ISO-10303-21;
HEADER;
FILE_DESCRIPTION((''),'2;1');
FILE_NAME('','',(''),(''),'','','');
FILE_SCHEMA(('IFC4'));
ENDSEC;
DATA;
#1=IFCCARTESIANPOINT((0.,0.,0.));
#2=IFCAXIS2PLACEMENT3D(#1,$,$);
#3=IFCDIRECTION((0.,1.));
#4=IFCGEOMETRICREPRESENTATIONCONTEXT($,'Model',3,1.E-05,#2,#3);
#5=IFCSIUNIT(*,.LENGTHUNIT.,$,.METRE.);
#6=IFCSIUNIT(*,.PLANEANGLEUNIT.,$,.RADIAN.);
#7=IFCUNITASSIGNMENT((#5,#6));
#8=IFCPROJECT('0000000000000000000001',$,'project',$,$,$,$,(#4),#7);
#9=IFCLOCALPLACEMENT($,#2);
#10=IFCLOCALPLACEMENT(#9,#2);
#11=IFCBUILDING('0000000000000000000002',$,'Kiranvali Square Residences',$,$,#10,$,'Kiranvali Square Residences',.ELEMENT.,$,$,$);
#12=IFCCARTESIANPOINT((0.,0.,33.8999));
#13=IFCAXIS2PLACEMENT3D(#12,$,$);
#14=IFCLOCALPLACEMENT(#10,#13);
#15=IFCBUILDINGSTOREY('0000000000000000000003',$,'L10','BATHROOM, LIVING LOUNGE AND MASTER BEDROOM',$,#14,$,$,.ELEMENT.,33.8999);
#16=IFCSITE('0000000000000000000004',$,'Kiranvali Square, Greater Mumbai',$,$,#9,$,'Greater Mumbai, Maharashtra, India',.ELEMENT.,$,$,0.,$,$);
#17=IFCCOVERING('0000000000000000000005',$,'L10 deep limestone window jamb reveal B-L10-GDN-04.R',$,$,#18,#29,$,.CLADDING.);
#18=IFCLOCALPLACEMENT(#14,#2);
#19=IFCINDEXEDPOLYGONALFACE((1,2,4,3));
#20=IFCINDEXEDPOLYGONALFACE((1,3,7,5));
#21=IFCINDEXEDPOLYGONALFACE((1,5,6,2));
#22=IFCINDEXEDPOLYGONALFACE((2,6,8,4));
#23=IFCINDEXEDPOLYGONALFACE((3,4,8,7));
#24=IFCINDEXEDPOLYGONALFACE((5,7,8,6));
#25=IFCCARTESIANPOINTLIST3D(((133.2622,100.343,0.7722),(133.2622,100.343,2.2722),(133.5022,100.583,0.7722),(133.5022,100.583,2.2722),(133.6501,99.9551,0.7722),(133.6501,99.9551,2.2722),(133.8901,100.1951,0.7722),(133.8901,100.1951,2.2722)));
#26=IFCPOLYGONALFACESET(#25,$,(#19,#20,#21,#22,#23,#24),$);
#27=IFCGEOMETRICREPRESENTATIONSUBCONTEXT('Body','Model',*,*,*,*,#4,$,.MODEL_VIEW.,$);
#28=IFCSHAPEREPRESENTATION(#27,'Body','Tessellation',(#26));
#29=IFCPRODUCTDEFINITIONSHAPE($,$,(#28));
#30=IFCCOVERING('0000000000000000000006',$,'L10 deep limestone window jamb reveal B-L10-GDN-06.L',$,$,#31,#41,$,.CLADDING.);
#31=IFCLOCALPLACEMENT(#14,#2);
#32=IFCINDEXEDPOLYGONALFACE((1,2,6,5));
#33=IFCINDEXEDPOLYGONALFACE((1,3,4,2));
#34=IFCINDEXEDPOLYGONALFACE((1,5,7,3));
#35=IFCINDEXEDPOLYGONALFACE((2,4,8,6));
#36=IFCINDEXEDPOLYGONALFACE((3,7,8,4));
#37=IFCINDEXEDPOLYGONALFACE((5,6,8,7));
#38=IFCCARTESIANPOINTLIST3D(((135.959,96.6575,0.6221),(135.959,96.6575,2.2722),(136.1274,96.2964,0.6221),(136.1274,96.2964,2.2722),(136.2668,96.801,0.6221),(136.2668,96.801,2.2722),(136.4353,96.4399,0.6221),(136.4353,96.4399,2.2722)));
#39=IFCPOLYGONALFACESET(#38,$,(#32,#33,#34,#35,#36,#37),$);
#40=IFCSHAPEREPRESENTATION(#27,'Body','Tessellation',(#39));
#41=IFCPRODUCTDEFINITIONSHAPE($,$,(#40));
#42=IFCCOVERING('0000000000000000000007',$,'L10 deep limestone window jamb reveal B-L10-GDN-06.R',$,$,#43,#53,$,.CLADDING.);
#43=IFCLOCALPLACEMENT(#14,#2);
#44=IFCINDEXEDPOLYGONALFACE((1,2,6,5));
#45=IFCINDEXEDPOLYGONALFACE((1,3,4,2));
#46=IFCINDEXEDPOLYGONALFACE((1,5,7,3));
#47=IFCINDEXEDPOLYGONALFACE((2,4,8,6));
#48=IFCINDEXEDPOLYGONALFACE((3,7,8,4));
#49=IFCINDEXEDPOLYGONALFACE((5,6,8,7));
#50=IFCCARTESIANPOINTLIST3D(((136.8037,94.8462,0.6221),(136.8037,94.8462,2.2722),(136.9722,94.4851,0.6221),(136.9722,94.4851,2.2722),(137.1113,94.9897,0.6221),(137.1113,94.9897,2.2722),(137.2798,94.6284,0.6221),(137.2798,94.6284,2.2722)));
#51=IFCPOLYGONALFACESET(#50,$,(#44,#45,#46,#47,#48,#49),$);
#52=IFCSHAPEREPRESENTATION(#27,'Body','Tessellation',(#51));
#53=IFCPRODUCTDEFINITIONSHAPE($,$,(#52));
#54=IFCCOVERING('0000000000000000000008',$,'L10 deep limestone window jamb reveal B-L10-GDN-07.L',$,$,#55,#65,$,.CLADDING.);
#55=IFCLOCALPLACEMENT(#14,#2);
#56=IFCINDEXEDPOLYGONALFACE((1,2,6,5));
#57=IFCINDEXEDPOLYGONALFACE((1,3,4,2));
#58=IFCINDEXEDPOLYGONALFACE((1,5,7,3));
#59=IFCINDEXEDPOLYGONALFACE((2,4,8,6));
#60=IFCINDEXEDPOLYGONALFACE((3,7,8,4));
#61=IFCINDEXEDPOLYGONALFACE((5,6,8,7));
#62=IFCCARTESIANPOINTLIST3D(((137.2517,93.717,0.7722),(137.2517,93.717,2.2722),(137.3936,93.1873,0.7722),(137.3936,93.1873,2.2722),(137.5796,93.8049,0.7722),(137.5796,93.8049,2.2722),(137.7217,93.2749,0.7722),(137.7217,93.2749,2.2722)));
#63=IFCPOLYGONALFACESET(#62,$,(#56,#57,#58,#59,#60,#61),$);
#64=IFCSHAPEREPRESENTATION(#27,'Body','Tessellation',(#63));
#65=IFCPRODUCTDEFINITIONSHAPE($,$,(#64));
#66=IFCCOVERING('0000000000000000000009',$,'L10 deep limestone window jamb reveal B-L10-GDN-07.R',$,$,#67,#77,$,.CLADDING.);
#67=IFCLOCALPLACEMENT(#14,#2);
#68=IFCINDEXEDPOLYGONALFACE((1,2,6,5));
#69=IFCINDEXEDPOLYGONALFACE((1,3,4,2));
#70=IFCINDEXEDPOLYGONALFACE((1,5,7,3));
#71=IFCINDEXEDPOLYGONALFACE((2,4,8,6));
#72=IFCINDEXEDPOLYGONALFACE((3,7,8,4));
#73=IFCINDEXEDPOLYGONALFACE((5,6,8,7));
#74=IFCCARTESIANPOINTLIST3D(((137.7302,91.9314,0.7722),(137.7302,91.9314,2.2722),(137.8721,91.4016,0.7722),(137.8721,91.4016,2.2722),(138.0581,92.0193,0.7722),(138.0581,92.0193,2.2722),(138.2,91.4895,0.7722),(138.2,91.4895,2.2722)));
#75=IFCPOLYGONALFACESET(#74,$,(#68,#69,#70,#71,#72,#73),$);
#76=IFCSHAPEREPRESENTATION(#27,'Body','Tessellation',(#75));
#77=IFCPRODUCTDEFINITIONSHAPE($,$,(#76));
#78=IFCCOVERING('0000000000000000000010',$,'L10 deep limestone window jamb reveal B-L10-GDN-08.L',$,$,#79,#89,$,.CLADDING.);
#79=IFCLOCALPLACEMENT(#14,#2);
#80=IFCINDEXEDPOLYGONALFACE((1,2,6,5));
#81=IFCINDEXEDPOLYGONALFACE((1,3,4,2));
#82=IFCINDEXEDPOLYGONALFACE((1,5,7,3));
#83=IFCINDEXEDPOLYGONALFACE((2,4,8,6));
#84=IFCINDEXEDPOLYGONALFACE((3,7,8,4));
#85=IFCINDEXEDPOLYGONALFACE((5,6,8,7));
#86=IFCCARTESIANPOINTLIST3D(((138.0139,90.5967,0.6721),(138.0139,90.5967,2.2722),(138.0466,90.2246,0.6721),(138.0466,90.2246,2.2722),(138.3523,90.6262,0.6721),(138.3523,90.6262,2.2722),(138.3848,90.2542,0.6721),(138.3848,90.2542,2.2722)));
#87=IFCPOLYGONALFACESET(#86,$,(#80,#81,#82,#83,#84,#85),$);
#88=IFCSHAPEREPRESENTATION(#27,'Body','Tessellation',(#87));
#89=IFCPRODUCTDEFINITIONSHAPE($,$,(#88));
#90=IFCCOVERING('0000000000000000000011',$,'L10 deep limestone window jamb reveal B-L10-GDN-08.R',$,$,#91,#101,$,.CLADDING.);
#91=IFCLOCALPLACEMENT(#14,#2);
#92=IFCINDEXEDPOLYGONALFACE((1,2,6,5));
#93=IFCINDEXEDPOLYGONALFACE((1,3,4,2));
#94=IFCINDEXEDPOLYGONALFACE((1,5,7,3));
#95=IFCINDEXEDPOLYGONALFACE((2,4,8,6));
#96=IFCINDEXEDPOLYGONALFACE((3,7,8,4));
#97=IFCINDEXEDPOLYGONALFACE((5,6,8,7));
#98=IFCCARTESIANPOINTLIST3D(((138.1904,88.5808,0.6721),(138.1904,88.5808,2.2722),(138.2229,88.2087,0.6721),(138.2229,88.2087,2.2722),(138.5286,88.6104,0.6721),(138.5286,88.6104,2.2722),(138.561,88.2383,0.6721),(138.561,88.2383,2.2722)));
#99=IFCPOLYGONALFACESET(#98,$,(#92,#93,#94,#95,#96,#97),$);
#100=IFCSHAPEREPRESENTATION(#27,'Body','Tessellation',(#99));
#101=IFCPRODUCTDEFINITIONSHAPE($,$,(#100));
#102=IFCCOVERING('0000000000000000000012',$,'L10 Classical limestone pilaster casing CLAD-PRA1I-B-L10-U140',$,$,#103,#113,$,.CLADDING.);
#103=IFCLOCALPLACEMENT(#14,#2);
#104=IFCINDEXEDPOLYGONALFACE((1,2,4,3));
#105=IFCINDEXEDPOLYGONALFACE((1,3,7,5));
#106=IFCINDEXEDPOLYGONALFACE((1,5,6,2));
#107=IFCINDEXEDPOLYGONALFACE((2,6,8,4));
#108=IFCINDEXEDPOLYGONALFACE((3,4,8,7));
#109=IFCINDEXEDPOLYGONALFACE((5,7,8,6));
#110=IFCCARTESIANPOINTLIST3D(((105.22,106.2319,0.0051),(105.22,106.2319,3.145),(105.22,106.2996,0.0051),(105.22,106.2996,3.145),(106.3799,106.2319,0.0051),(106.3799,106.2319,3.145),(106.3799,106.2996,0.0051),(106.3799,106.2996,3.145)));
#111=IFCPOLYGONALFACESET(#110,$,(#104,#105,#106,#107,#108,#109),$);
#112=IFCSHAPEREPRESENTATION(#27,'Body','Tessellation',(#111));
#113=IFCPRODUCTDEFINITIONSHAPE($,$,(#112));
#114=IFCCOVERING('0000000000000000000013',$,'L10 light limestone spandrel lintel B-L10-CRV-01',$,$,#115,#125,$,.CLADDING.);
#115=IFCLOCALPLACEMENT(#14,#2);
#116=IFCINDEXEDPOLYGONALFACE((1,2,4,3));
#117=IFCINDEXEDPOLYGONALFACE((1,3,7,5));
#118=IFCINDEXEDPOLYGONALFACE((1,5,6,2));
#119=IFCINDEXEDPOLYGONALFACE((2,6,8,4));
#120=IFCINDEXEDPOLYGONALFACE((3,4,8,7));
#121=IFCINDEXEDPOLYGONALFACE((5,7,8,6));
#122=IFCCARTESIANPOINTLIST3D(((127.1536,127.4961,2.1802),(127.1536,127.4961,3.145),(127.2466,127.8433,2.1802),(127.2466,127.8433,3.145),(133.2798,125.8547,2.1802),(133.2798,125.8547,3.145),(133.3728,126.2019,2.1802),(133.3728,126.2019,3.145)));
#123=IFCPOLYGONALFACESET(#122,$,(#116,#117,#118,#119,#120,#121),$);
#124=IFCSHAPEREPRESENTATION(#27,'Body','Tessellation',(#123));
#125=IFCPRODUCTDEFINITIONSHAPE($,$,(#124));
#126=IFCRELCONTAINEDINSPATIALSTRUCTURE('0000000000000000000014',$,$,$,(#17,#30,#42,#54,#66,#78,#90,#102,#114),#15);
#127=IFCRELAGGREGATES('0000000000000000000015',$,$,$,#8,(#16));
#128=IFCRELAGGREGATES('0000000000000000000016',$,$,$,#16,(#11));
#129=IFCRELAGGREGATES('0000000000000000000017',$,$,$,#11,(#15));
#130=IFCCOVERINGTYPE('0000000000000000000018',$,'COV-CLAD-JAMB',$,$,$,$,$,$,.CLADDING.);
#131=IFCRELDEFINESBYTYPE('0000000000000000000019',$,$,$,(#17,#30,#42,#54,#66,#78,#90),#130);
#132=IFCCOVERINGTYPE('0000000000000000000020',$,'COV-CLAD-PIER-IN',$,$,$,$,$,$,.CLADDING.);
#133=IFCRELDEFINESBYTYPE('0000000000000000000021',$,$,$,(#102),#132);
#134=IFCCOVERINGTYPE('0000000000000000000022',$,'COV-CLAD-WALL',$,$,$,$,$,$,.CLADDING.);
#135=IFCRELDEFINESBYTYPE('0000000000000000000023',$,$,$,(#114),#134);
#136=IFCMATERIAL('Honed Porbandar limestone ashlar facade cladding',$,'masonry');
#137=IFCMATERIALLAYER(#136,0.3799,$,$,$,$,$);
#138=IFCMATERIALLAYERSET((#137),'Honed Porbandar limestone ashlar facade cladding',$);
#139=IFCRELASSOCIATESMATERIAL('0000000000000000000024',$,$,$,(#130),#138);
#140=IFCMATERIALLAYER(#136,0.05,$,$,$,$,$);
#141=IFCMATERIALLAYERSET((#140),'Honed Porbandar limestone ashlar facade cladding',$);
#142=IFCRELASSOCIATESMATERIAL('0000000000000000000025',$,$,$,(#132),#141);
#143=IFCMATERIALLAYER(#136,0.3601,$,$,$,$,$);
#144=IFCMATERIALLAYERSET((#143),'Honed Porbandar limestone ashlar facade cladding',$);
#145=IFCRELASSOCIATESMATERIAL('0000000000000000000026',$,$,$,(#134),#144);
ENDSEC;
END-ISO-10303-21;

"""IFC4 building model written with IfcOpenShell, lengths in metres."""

from ifc_helpers import new_model, si_unit, direction, frame, origin, place, context, subcontext, project, spatial, polyline, outline, extrude, material, layer, layer_set, type_object, element, save


model = new_model("IFC4")

# Units and contexts
model_context = context("Model", 3, precision=1e-05, world=origin(), true_north=direction((0.0, 1.0)))
body_context = subcontext(model_context, "Body", "Model", "MODEL_VIEW")
ifc_project = project(units=[si_unit("LENGTHUNIT", "METRE"), si_unit("PLANEANGLEUNIT", "RADIAN")], contexts=[model_context])

# Site, building, storey
site_placement = place(None, origin())
site = spatial("IfcSite", under=ifc_project, at=site_placement, Name="Kiranvali Square, Greater Mumbai", LongName="Greater Mumbai, Maharashtra, India", CompositionType="ELEMENT", RefElevation=0.0)
building_placement = place(site_placement, origin())
building = spatial("IfcBuilding", under=site, at=building_placement, Name="Kiranvali Square Residences", LongName="Kiranvali Square Residences", CompositionType="ELEMENT")
storey_placement = place(building_placement, frame((0.0, 0.0, 33.8999)))
storey = spatial("IfcBuildingStorey", under=building, at=storey_placement, Name="L10", Description="BATHROOM, LIVING LOUNGE AND MASTER BEDROOM", CompositionType="ELEMENT", Elevation=33.8999)

# Coverings
ifc_material = material(Name="Honed Porbandar limestone ashlar facade cladding", Category="masonry")
ifc_layer_1 = layer(ifc_material, 0.3799)
ifc_layer_set_1 = layer_set([ifc_layer_1], Name="Honed Porbandar limestone ashlar facade cladding")
covering_type_1 = type_object("IfcCoveringType", Name="COV-CLAD-JAMB", PredefinedType="CLADDING", material=ifc_layer_set_1)
covering_1_placement = place(storey_placement, frame((0.0, 0.0, 0.7722)))
element("IfcCovering", 1, at=covering_1_placement, inside=storey, type_object=covering_type_1, Name="L10 deep limestone window jamb reveal B-L10-GDN-04.R", PredefinedType="CLADDING", context=body_context, shape_type="SweptSolid", body=[
    extrude(outline(polyline([(133.2622, 100.343), (133.6501, 99.9551), (133.8901, 100.1951), (133.5022, 100.583), (133.2622, 100.343)])), origin(), (0.0, 0.0, 1.0), 1.5),
])
covering_2_placement = place(storey_placement, frame((0.0, 0.0, 0.6221)))
element("IfcCovering", 2, at=covering_2_placement, inside=storey, type_object=covering_type_1, Name="L10 deep limestone window jamb reveal B-L10-GDN-06.L", PredefinedType="CLADDING", context=body_context, shape_type="SweptSolid", body=[
    extrude(outline(polyline([(135.959, 96.6575), (136.1274, 96.2964), (136.4353, 96.4399), (136.2668, 96.801), (135.959, 96.6575)])), origin(), (0.0, 0.0, 1.0), 1.6501),
])
covering_3_placement = place(storey_placement, frame((0.0, 0.0, 0.6221)))
element("IfcCovering", 3, at=covering_3_placement, inside=storey, type_object=covering_type_1, Name="L10 deep limestone window jamb reveal B-L10-GDN-06.R", PredefinedType="CLADDING", context=body_context, shape_type="SweptSolid", body=[
    extrude(outline(polyline([(136.8037, 94.8462), (136.9722, 94.4851), (137.2798, 94.6284), (137.1113, 94.9897), (136.8037, 94.8462)])), origin(), (0.0, 0.0, 1.0), 1.6501),
])
covering_4_placement = place(storey_placement, frame((0.0, 0.0, 0.7722)))
element("IfcCovering", 4, at=covering_4_placement, inside=storey, type_object=covering_type_1, Name="L10 deep limestone window jamb reveal B-L10-GDN-07.L", PredefinedType="CLADDING", context=body_context, shape_type="SweptSolid", body=[
    extrude(outline(polyline([(137.2517, 93.717), (137.3936, 93.1873), (137.7217, 93.2749), (137.5796, 93.8049), (137.2517, 93.717)])), origin(), (0.0, 0.0, 1.0), 1.5),
])
covering_5_placement = place(storey_placement, frame((0.0, 0.0, 0.7722)))
element("IfcCovering", 5, at=covering_5_placement, inside=storey, type_object=covering_type_1, Name="L10 deep limestone window jamb reveal B-L10-GDN-07.R", PredefinedType="CLADDING", context=body_context, shape_type="SweptSolid", body=[
    extrude(outline(polyline([(137.7302, 91.9314), (137.8721, 91.4016), (138.2, 91.4895), (138.0581, 92.0193), (137.7302, 91.9314)])), origin(), (0.0, 0.0, 1.0), 1.5),
])
covering_6_placement = place(storey_placement, frame((0.0, 0.0, 0.6721)))
element("IfcCovering", 6, at=covering_6_placement, inside=storey, type_object=covering_type_1, Name="L10 deep limestone window jamb reveal B-L10-GDN-08.L", PredefinedType="CLADDING", context=body_context, shape_type="SweptSolid", body=[
    extrude(outline(polyline([(138.0139, 90.5967), (138.0466, 90.2246), (138.3848, 90.2542), (138.3523, 90.6262), (138.0139, 90.5967)])), origin(), (0.0, 0.0, 1.0), 1.6001),
])
covering_7_placement = place(storey_placement, frame((0.0, 0.0, 0.6721)))
element("IfcCovering", 7, at=covering_7_placement, inside=storey, type_object=covering_type_1, Name="L10 deep limestone window jamb reveal B-L10-GDN-08.R", PredefinedType="CLADDING", context=body_context, shape_type="SweptSolid", body=[
    extrude(outline(polyline([(138.1904, 88.5808), (138.2229, 88.2087), (138.561, 88.2383), (138.5286, 88.6104), (138.1904, 88.5808)])), origin(), (0.0, 0.0, 1.0), 1.6001),
])
ifc_layer_2 = layer(ifc_material, 0.05)
ifc_layer_set_2 = layer_set([ifc_layer_2], Name="Honed Porbandar limestone ashlar facade cladding")
covering_type_2 = type_object("IfcCoveringType", Name="COV-CLAD-PIER-IN", PredefinedType="CLADDING", material=ifc_layer_set_2)
covering_8_placement = place(storey_placement, frame((0.0, 0.0, 0.0051)))
element("IfcCovering", 8, at=covering_8_placement, inside=storey, type_object=covering_type_2, Name="L10 Classical limestone pilaster casing CLAD-PRA1I-B-L10-U140", PredefinedType="CLADDING", context=body_context, shape_type="SweptSolid", body=[
    extrude(outline(polyline([(106.3799, 106.2996), (105.22, 106.2996), (105.22, 106.2319), (106.3799, 106.2319), (106.3799, 106.2996)])), origin(), (0.0, 0.0, 1.0), 3.1399),
])
ifc_layer_3 = layer(ifc_material, 0.3601)
ifc_layer_set_3 = layer_set([ifc_layer_3], Name="Honed Porbandar limestone ashlar facade cladding")
covering_type_3 = type_object("IfcCoveringType", Name="COV-CLAD-WALL", PredefinedType="CLADDING", material=ifc_layer_set_3)
covering_9_placement = place(storey_placement, frame((0.0, 0.0, 2.1802)))
element("IfcCovering", 9, at=covering_9_placement, inside=storey, type_object=covering_type_3, Name="L10 light limestone spandrel lintel B-L10-CRV-01", PredefinedType="CLADDING", context=body_context, shape_type="SweptSolid", body=[
    extrude(outline(polyline([(127.1536, 127.4961), (133.2798, 125.8547), (133.3728, 126.2019), (127.2466, 127.8433), (127.1536, 127.4961)])), origin(), (0.0, 0.0, 1.0), 0.9648),
])

save(model, "model.ifc")
